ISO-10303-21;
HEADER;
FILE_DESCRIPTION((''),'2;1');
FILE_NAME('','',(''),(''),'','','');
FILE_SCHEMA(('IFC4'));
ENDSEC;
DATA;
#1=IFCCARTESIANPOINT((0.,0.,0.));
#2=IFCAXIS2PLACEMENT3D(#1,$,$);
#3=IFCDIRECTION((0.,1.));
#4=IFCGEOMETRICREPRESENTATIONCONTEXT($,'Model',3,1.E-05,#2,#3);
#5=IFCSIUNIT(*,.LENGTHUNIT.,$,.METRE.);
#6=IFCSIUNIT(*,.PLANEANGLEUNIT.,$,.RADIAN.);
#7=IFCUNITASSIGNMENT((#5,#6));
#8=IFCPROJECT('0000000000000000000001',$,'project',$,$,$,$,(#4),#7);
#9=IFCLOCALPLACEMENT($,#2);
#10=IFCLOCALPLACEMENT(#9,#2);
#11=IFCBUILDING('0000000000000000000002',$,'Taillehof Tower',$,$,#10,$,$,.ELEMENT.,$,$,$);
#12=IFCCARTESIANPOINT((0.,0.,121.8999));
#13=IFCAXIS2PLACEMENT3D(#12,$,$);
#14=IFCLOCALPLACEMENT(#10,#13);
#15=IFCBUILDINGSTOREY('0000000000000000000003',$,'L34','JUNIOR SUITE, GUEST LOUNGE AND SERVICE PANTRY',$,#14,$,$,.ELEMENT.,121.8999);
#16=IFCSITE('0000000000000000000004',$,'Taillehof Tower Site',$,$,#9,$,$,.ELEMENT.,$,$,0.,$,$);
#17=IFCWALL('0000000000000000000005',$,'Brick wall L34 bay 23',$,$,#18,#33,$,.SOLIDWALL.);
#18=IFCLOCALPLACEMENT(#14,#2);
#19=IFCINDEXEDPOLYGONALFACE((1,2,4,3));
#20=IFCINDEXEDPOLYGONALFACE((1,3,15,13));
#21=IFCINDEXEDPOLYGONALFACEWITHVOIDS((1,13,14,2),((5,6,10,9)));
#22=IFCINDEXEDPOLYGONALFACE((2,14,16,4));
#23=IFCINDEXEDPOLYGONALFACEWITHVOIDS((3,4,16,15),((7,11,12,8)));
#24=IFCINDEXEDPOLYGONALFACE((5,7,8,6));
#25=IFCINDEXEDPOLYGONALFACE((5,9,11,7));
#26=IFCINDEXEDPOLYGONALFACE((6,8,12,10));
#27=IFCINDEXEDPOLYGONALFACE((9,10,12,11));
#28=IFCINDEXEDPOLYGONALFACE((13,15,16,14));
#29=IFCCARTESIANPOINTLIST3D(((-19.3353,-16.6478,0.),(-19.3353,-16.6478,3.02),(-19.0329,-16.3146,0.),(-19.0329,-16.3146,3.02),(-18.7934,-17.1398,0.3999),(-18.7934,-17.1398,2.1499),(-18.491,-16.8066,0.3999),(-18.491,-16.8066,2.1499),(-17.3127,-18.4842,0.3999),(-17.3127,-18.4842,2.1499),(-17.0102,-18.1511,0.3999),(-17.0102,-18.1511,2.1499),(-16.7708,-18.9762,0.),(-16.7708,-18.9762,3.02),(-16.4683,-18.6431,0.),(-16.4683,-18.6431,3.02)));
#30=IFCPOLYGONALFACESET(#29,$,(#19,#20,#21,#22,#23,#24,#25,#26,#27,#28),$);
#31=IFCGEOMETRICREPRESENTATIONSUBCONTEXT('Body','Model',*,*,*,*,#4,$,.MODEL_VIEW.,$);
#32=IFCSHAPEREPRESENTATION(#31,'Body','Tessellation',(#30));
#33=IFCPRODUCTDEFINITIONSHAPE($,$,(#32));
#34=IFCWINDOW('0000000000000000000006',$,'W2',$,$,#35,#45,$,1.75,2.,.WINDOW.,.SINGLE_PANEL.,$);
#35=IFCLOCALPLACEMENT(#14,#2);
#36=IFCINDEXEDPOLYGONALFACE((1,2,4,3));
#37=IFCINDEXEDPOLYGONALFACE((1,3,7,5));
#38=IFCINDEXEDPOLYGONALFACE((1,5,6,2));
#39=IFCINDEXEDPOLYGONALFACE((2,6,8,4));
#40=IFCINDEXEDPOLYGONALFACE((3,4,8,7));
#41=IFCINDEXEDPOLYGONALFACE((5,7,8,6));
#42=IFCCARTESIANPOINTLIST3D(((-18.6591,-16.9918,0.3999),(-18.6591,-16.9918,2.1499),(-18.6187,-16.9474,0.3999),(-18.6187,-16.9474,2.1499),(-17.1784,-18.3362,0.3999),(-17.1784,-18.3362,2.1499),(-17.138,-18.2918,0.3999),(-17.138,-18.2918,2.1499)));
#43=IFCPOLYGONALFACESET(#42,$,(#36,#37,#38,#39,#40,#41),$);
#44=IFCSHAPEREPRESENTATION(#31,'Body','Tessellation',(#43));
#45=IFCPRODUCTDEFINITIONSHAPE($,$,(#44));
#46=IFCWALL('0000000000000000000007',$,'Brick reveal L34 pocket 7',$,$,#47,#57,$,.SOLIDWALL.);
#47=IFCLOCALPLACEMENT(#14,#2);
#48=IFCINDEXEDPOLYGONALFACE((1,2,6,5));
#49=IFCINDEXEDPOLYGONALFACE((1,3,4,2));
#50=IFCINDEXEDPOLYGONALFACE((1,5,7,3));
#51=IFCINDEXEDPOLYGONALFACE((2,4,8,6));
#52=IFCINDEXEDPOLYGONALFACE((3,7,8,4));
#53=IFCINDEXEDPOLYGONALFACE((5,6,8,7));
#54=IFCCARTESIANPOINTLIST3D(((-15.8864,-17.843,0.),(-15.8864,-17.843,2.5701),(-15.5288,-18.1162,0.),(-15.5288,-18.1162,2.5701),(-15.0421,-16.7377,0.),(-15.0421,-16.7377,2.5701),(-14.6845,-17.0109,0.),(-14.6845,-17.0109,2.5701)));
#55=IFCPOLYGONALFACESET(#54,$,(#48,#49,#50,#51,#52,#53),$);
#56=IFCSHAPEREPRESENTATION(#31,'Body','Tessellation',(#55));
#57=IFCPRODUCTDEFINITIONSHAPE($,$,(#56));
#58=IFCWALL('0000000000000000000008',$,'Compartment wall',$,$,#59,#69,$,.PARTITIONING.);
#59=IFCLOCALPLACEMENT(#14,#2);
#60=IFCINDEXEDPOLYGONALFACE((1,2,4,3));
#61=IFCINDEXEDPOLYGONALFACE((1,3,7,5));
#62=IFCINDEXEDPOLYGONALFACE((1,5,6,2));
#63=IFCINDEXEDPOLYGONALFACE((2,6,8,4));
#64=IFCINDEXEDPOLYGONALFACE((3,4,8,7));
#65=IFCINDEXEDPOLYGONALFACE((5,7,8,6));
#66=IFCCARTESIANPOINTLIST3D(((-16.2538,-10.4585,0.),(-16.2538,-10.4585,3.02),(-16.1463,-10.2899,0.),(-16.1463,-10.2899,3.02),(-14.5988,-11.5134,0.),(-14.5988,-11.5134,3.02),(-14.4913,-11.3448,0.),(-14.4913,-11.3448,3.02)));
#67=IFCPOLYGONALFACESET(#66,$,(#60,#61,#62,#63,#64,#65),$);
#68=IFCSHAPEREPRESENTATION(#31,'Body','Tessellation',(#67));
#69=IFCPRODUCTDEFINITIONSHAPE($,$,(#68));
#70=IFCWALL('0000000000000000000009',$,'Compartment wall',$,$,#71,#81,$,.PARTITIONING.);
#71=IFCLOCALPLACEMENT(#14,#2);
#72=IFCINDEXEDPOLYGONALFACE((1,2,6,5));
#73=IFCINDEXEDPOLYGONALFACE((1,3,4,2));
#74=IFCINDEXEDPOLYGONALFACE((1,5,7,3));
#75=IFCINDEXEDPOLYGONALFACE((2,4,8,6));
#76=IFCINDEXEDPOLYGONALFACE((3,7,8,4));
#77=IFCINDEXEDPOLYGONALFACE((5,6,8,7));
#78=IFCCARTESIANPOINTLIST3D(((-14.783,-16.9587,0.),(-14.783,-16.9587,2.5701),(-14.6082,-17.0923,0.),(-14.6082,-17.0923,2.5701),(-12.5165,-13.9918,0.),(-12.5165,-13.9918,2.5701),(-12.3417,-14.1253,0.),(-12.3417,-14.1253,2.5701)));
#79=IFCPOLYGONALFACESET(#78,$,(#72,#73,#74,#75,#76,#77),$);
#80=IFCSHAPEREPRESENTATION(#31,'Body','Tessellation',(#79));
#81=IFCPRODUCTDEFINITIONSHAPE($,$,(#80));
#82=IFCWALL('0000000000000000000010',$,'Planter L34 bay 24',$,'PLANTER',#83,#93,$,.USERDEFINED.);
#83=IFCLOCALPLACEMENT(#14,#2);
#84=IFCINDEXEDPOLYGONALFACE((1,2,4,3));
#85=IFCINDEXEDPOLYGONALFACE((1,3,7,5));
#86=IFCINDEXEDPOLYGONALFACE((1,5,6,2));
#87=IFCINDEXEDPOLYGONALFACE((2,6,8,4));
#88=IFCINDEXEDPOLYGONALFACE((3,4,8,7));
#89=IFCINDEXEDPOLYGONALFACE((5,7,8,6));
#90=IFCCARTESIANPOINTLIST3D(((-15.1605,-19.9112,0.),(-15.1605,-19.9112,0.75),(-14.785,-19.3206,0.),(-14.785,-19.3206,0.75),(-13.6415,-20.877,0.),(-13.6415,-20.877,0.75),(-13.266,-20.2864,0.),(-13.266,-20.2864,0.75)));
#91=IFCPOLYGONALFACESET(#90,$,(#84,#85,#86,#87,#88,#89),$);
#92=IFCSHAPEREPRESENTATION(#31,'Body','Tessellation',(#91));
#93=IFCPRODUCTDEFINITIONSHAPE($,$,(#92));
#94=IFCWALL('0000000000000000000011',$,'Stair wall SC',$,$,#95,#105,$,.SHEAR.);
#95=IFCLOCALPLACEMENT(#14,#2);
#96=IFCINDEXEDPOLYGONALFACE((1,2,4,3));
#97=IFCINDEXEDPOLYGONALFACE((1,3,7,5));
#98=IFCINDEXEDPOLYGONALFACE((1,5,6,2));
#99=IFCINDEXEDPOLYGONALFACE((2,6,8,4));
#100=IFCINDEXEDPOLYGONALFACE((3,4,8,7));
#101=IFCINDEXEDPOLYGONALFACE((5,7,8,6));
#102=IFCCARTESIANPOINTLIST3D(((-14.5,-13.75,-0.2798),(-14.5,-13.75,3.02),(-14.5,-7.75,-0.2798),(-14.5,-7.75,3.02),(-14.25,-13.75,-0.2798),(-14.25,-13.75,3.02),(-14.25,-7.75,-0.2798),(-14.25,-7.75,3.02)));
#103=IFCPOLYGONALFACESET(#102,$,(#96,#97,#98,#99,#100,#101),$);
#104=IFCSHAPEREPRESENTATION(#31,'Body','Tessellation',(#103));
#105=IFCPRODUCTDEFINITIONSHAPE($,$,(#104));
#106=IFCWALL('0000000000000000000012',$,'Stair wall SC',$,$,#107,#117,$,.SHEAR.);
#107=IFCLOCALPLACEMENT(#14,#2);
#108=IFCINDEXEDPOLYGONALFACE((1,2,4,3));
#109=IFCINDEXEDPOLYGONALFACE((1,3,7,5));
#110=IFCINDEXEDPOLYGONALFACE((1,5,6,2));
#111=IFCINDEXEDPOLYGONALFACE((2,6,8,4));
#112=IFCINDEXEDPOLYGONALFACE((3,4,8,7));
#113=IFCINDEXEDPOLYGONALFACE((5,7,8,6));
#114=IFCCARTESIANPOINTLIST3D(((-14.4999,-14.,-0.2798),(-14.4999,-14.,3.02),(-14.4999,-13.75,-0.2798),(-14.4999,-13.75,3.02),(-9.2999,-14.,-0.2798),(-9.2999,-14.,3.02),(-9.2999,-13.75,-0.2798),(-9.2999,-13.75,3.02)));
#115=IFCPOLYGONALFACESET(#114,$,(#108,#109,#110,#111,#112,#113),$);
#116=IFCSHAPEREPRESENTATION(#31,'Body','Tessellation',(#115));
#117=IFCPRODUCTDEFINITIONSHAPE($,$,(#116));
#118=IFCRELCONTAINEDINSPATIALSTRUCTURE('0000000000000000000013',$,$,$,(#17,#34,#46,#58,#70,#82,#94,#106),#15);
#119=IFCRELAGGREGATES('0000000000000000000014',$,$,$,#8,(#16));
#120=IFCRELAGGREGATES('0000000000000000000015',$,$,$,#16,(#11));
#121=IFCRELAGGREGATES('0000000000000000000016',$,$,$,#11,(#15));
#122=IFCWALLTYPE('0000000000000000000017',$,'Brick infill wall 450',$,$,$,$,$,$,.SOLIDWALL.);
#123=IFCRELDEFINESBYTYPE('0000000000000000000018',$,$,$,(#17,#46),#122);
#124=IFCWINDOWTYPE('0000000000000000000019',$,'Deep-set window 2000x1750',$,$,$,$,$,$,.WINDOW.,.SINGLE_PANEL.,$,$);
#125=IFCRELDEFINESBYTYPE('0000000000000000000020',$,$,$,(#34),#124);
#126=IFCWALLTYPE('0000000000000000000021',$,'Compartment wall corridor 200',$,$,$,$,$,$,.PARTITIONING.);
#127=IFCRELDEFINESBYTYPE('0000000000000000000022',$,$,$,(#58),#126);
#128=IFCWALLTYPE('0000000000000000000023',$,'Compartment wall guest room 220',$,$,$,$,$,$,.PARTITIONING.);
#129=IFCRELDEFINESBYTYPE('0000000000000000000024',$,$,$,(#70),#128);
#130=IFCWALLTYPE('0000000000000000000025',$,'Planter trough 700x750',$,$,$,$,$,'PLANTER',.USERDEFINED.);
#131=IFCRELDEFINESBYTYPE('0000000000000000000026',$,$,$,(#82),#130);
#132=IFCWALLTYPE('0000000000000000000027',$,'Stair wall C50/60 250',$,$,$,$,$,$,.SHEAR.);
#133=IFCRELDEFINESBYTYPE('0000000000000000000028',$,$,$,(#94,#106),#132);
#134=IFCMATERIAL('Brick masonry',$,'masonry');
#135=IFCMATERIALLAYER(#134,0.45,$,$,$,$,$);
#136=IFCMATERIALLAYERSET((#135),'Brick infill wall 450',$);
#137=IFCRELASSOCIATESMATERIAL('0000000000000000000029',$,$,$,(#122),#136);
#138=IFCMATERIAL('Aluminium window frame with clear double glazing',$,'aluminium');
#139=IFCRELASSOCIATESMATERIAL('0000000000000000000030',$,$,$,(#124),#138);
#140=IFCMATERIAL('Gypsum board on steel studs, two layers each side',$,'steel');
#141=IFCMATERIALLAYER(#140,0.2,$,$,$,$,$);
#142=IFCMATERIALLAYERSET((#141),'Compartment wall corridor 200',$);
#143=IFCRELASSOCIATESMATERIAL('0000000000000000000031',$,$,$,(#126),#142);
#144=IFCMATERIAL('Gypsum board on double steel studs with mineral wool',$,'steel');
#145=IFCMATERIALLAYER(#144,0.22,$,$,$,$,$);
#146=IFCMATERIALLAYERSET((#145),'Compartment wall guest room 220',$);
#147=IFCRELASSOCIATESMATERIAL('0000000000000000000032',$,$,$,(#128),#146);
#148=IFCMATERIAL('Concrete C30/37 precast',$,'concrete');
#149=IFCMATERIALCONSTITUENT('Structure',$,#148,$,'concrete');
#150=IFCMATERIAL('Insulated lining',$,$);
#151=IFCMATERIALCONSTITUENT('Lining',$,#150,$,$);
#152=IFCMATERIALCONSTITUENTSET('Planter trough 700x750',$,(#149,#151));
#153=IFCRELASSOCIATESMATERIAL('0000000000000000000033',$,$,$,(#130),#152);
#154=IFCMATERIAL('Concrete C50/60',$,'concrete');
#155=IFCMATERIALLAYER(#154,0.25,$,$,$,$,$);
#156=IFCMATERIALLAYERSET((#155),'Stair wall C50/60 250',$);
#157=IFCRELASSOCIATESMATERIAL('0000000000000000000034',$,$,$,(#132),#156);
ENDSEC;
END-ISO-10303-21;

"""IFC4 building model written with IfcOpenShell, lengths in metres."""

from ifc_helpers import new_model, si_unit, direction, frame, frame_2d, origin, place, context, subcontext, project, spatial, rectangle, extrude, material, layer, layer_set, constituent, constituent_set, type_object, element, fill, save


model = new_model("IFC4")

# Units and contexts
model_context = context("Model", 3, precision=1e-05, world=origin(), true_north=direction((0.0, 1.0)))
body_context = subcontext(model_context, "Body", "Model", "MODEL_VIEW")
ifc_project = project(units=[si_unit("LENGTHUNIT", "METRE"), si_unit("PLANEANGLEUNIT", "RADIAN")], contexts=[model_context])

# Site, building, storey
site_placement = place(None, origin())
site = spatial("IfcSite", under=ifc_project, at=site_placement, Name="Taillehof Tower Site", CompositionType="ELEMENT", RefElevation=0.0)
building_placement = place(site_placement, origin())
building = spatial("IfcBuilding", under=site, at=building_placement, Name="Taillehof Tower", CompositionType="ELEMENT")
storey_placement = place(building_placement, frame((0.0, 0.0, 121.8999)))
storey = spatial("IfcBuildingStorey", under=building, at=storey_placement, Name="L34", Description="JUNIOR SUITE, GUEST LOUNGE AND SERVICE PANTRY", CompositionType="ELEMENT", Elevation=121.8999)

# Wall, opening, window
ifc_material_1 = material(Name="Brick masonry", Category="masonry")
ifc_layer_1 = layer(ifc_material_1, 0.45)
ifc_layer_set_1 = layer_set([ifc_layer_1], Name="Brick infill wall 450")
wall_type_1 = type_object("IfcWallType", Name="Brick infill wall 450", PredefinedType="SOLIDWALL", material=ifc_layer_set_1)
ifc_material_2 = material(Name="Aluminium window frame with clear double glazing", Category="aluminium")
window_type_1 = type_object("IfcWindowType", Name="Deep-set window 2000x1750", PartitioningType="SINGLE_PANEL", PredefinedType="WINDOW", material=ifc_material_2)
wall_1_placement = place(storey_placement, frame((-19.1841, -16.4812, 0.0), z_axis=(0.0, 0.0, 1.0), x_axis=(0.740364, -0.672206, 0.0)))
wall_1 = element("IfcWall", 1, at=wall_1_placement, inside=storey, type_object=wall_type_1, Name="Brick wall L34 bay 23", PredefinedType="SOLIDWALL", context=body_context, shape_type="SweptSolid", body=[
    extrude(rectangle(XDim=3.4639, YDim=0.45, at=frame_2d((1.7319, 0.0))), origin(), (0.0, 0.0, 1.0), 3.02),
])
opening_1_placement = place(wall_1_placement, frame((0.7319, 0.0, 0.3999)))
opening_1 = element("IfcOpeningElement", 2, at=opening_1_placement, cuts=wall_1, PredefinedType="OPENING", context=body_context, shape_type="SweptSolid", body=[
    extrude(rectangle(XDim=2.0, YDim=1.75, at=frame_2d((1.0, 0.875))), frame((0.0, 0.2349, 0.0), z_axis=(0.0, -1.0, 0.0), x_axis=(1.0, 0.0, 0.0)), (0.0, 0.0, 1.0), 0.47),
])
window_1_placement = place(opening_1_placement, origin())
window_1 = element("IfcWindow", 3, at=window_1_placement, inside=storey, type_object=window_type_1, Name="W2", OverallHeight=1.75, OverallWidth=2.0, PartitioningType="SINGLE_PANEL", PredefinedType="WINDOW", context=body_context, shape_type="SweptSolid", body=[
    extrude(rectangle(XDim=2.0, YDim=1.75, at=frame_2d((1.0, 0.875))), frame((0.0, 0.0349, 0.0), z_axis=(0.0, -1.0, 0.0), x_axis=(1.0, 0.0, 0.0)), (0.0, 0.0, 1.0), 0.0601),
])
fill(opening_1, window_1)

# Wall
wall_2_placement = place(storey_placement, frame((-15.7075, -17.9795, 0.0), z_axis=(0.0, 0.0, 1.0), x_axis=(0.607026, 0.794682, 0.0)))
element("IfcWall", 4, at=wall_2_placement, inside=storey, type_object=wall_type_1, Name="Brick reveal L34 pocket 7", PredefinedType="SOLIDWALL", context=body_context, shape_type="SweptSolid", body=[
    extrude(rectangle(XDim=1.3909, YDim=0.45, at=frame_2d((0.6953, 0.0))), origin(), (0.0, 0.0, 1.0), 2.5701),
])

# Walls
ifc_material_3 = material(Name="Gypsum board on steel studs, two layers each side", Category="steel")
ifc_layer_2 = layer(ifc_material_3, 0.2)
ifc_layer_set_2 = layer_set([ifc_layer_2], Name="Compartment wall corridor 200")
wall_type_2 = type_object("IfcWallType", Name="Compartment wall corridor 200", PredefinedType="PARTITIONING", material=ifc_layer_set_2)
wall_3_placement = place(storey_placement, frame((-14.5449, -11.4292, 0.0), z_axis=(0.0, 0.0, 1.0), x_axis=(-0.843262, 0.537503, 0.0)))
element("IfcWall", 5, at=wall_3_placement, inside=storey, type_object=wall_type_2, Name="Compartment wall", PredefinedType="PARTITIONING", context=body_context, shape_type="SweptSolid", body=[
    extrude(rectangle(XDim=1.9626, YDim=0.2, at=frame_2d((0.9814, 0.0))), origin(), (0.0, 0.0, 1.0), 3.02),
])
ifc_material_4 = material(Name="Gypsum board on double steel studs with mineral wool", Category="steel")
ifc_layer_3 = layer(ifc_material_4, 0.22)
ifc_layer_set_3 = layer_set([ifc_layer_3], Name="Compartment wall guest room 220")
wall_type_3 = type_object("IfcWallType", Name="Compartment wall guest room 220", PredefinedType="PARTITIONING", material=ifc_layer_set_3)
wall_4_placement = place(storey_placement, frame((-14.6956, -17.0254, 0.0), z_axis=(0.0, 0.0, 1.0), x_axis=(0.607059, 0.794657, 0.0)))
element("IfcWall", 6, at=wall_4_placement, inside=storey, type_object=wall_type_3, Name="Compartment wall", PredefinedType="PARTITIONING", context=body_context, shape_type="SweptSolid", body=[
    extrude(rectangle(XDim=3.7336, YDim=0.22, at=frame_2d((1.8667, 0.0))), origin(), (0.0, 0.0, 1.0), 2.5701),
])
ifc_material_5 = material(Name="Concrete C30/37 precast", Category="concrete")
ifc_constituent_1 = constituent(ifc_material_5, Name="Structure", Category="concrete")
ifc_material_6 = material(Name="Insulated lining")
ifc_constituent_2 = constituent(ifc_material_6, Name="Lining")
ifc_constituent_set = constituent_set(constituents=[ifc_constituent_1, ifc_constituent_2], Name="Planter trough 700x750")
wall_type_4 = type_object("IfcWallType", Name="Planter trough 700x750", ElementType="PLANTER", PredefinedType="USERDEFINED", material=ifc_constituent_set)
wall_5_placement = place(storey_placement, frame((-14.9727, -19.616, 0.0), z_axis=(0.0, 0.0, 1.0), x_axis=(0.843874, -0.536542, 0.0)))
element("IfcWall", 7, at=wall_5_placement, inside=storey, type_object=wall_type_4, Name="Planter L34 bay 24", ObjectType="PLANTER", PredefinedType="USERDEFINED", context=body_context, shape_type="SweptSolid", body=[
    extrude(rectangle(XDim=1.8, YDim=0.7, at=frame_2d((0.8999, 0.0))), origin(), (0.0, 0.0, 1.0), 0.75),
])
ifc_material_7 = material(Name="Concrete C50/60", Category="concrete")
ifc_layer_4 = layer(ifc_material_7, 0.25)
ifc_layer_set_4 = layer_set([ifc_layer_4], Name="Stair wall C50/60 250")
wall_type_5 = type_object("IfcWallType", Name="Stair wall C50/60 250", PredefinedType="SHEAR", material=ifc_layer_set_4)
wall_6_placement = place(storey_placement, frame((-14.375, -13.75, -0.2798), z_axis=(0.0, 0.0, 1.0), x_axis=(0.0, 1.0, 0.0)))
element("IfcWall", 8, at=wall_6_placement, inside=storey, type_object=wall_type_5, Name="Stair wall SC", PredefinedType="SHEAR", context=body_context, shape_type="SweptSolid", body=[
    extrude(rectangle(XDim=6.0, YDim=0.25, at=frame_2d((3.0, 0.0))), origin(), (0.0, 0.0, 1.0), 3.2998),
])
wall_7_placement = place(storey_placement, frame((-14.5, -13.875, -0.2798), z_axis=(0.0, 0.0, 1.0), x_axis=(1.0, 0.0, 0.0)))
element("IfcWall", 9, at=wall_7_placement, inside=storey, type_object=wall_type_5, Name="Stair wall SC", PredefinedType="SHEAR", context=body_context, shape_type="SweptSolid", body=[
    extrude(rectangle(XDim=5.2, YDim=0.25, at=frame_2d((2.6001, 0.0))), origin(), (0.0, 0.0, 1.0), 3.2998),
])

save(model, "model.ifc")
